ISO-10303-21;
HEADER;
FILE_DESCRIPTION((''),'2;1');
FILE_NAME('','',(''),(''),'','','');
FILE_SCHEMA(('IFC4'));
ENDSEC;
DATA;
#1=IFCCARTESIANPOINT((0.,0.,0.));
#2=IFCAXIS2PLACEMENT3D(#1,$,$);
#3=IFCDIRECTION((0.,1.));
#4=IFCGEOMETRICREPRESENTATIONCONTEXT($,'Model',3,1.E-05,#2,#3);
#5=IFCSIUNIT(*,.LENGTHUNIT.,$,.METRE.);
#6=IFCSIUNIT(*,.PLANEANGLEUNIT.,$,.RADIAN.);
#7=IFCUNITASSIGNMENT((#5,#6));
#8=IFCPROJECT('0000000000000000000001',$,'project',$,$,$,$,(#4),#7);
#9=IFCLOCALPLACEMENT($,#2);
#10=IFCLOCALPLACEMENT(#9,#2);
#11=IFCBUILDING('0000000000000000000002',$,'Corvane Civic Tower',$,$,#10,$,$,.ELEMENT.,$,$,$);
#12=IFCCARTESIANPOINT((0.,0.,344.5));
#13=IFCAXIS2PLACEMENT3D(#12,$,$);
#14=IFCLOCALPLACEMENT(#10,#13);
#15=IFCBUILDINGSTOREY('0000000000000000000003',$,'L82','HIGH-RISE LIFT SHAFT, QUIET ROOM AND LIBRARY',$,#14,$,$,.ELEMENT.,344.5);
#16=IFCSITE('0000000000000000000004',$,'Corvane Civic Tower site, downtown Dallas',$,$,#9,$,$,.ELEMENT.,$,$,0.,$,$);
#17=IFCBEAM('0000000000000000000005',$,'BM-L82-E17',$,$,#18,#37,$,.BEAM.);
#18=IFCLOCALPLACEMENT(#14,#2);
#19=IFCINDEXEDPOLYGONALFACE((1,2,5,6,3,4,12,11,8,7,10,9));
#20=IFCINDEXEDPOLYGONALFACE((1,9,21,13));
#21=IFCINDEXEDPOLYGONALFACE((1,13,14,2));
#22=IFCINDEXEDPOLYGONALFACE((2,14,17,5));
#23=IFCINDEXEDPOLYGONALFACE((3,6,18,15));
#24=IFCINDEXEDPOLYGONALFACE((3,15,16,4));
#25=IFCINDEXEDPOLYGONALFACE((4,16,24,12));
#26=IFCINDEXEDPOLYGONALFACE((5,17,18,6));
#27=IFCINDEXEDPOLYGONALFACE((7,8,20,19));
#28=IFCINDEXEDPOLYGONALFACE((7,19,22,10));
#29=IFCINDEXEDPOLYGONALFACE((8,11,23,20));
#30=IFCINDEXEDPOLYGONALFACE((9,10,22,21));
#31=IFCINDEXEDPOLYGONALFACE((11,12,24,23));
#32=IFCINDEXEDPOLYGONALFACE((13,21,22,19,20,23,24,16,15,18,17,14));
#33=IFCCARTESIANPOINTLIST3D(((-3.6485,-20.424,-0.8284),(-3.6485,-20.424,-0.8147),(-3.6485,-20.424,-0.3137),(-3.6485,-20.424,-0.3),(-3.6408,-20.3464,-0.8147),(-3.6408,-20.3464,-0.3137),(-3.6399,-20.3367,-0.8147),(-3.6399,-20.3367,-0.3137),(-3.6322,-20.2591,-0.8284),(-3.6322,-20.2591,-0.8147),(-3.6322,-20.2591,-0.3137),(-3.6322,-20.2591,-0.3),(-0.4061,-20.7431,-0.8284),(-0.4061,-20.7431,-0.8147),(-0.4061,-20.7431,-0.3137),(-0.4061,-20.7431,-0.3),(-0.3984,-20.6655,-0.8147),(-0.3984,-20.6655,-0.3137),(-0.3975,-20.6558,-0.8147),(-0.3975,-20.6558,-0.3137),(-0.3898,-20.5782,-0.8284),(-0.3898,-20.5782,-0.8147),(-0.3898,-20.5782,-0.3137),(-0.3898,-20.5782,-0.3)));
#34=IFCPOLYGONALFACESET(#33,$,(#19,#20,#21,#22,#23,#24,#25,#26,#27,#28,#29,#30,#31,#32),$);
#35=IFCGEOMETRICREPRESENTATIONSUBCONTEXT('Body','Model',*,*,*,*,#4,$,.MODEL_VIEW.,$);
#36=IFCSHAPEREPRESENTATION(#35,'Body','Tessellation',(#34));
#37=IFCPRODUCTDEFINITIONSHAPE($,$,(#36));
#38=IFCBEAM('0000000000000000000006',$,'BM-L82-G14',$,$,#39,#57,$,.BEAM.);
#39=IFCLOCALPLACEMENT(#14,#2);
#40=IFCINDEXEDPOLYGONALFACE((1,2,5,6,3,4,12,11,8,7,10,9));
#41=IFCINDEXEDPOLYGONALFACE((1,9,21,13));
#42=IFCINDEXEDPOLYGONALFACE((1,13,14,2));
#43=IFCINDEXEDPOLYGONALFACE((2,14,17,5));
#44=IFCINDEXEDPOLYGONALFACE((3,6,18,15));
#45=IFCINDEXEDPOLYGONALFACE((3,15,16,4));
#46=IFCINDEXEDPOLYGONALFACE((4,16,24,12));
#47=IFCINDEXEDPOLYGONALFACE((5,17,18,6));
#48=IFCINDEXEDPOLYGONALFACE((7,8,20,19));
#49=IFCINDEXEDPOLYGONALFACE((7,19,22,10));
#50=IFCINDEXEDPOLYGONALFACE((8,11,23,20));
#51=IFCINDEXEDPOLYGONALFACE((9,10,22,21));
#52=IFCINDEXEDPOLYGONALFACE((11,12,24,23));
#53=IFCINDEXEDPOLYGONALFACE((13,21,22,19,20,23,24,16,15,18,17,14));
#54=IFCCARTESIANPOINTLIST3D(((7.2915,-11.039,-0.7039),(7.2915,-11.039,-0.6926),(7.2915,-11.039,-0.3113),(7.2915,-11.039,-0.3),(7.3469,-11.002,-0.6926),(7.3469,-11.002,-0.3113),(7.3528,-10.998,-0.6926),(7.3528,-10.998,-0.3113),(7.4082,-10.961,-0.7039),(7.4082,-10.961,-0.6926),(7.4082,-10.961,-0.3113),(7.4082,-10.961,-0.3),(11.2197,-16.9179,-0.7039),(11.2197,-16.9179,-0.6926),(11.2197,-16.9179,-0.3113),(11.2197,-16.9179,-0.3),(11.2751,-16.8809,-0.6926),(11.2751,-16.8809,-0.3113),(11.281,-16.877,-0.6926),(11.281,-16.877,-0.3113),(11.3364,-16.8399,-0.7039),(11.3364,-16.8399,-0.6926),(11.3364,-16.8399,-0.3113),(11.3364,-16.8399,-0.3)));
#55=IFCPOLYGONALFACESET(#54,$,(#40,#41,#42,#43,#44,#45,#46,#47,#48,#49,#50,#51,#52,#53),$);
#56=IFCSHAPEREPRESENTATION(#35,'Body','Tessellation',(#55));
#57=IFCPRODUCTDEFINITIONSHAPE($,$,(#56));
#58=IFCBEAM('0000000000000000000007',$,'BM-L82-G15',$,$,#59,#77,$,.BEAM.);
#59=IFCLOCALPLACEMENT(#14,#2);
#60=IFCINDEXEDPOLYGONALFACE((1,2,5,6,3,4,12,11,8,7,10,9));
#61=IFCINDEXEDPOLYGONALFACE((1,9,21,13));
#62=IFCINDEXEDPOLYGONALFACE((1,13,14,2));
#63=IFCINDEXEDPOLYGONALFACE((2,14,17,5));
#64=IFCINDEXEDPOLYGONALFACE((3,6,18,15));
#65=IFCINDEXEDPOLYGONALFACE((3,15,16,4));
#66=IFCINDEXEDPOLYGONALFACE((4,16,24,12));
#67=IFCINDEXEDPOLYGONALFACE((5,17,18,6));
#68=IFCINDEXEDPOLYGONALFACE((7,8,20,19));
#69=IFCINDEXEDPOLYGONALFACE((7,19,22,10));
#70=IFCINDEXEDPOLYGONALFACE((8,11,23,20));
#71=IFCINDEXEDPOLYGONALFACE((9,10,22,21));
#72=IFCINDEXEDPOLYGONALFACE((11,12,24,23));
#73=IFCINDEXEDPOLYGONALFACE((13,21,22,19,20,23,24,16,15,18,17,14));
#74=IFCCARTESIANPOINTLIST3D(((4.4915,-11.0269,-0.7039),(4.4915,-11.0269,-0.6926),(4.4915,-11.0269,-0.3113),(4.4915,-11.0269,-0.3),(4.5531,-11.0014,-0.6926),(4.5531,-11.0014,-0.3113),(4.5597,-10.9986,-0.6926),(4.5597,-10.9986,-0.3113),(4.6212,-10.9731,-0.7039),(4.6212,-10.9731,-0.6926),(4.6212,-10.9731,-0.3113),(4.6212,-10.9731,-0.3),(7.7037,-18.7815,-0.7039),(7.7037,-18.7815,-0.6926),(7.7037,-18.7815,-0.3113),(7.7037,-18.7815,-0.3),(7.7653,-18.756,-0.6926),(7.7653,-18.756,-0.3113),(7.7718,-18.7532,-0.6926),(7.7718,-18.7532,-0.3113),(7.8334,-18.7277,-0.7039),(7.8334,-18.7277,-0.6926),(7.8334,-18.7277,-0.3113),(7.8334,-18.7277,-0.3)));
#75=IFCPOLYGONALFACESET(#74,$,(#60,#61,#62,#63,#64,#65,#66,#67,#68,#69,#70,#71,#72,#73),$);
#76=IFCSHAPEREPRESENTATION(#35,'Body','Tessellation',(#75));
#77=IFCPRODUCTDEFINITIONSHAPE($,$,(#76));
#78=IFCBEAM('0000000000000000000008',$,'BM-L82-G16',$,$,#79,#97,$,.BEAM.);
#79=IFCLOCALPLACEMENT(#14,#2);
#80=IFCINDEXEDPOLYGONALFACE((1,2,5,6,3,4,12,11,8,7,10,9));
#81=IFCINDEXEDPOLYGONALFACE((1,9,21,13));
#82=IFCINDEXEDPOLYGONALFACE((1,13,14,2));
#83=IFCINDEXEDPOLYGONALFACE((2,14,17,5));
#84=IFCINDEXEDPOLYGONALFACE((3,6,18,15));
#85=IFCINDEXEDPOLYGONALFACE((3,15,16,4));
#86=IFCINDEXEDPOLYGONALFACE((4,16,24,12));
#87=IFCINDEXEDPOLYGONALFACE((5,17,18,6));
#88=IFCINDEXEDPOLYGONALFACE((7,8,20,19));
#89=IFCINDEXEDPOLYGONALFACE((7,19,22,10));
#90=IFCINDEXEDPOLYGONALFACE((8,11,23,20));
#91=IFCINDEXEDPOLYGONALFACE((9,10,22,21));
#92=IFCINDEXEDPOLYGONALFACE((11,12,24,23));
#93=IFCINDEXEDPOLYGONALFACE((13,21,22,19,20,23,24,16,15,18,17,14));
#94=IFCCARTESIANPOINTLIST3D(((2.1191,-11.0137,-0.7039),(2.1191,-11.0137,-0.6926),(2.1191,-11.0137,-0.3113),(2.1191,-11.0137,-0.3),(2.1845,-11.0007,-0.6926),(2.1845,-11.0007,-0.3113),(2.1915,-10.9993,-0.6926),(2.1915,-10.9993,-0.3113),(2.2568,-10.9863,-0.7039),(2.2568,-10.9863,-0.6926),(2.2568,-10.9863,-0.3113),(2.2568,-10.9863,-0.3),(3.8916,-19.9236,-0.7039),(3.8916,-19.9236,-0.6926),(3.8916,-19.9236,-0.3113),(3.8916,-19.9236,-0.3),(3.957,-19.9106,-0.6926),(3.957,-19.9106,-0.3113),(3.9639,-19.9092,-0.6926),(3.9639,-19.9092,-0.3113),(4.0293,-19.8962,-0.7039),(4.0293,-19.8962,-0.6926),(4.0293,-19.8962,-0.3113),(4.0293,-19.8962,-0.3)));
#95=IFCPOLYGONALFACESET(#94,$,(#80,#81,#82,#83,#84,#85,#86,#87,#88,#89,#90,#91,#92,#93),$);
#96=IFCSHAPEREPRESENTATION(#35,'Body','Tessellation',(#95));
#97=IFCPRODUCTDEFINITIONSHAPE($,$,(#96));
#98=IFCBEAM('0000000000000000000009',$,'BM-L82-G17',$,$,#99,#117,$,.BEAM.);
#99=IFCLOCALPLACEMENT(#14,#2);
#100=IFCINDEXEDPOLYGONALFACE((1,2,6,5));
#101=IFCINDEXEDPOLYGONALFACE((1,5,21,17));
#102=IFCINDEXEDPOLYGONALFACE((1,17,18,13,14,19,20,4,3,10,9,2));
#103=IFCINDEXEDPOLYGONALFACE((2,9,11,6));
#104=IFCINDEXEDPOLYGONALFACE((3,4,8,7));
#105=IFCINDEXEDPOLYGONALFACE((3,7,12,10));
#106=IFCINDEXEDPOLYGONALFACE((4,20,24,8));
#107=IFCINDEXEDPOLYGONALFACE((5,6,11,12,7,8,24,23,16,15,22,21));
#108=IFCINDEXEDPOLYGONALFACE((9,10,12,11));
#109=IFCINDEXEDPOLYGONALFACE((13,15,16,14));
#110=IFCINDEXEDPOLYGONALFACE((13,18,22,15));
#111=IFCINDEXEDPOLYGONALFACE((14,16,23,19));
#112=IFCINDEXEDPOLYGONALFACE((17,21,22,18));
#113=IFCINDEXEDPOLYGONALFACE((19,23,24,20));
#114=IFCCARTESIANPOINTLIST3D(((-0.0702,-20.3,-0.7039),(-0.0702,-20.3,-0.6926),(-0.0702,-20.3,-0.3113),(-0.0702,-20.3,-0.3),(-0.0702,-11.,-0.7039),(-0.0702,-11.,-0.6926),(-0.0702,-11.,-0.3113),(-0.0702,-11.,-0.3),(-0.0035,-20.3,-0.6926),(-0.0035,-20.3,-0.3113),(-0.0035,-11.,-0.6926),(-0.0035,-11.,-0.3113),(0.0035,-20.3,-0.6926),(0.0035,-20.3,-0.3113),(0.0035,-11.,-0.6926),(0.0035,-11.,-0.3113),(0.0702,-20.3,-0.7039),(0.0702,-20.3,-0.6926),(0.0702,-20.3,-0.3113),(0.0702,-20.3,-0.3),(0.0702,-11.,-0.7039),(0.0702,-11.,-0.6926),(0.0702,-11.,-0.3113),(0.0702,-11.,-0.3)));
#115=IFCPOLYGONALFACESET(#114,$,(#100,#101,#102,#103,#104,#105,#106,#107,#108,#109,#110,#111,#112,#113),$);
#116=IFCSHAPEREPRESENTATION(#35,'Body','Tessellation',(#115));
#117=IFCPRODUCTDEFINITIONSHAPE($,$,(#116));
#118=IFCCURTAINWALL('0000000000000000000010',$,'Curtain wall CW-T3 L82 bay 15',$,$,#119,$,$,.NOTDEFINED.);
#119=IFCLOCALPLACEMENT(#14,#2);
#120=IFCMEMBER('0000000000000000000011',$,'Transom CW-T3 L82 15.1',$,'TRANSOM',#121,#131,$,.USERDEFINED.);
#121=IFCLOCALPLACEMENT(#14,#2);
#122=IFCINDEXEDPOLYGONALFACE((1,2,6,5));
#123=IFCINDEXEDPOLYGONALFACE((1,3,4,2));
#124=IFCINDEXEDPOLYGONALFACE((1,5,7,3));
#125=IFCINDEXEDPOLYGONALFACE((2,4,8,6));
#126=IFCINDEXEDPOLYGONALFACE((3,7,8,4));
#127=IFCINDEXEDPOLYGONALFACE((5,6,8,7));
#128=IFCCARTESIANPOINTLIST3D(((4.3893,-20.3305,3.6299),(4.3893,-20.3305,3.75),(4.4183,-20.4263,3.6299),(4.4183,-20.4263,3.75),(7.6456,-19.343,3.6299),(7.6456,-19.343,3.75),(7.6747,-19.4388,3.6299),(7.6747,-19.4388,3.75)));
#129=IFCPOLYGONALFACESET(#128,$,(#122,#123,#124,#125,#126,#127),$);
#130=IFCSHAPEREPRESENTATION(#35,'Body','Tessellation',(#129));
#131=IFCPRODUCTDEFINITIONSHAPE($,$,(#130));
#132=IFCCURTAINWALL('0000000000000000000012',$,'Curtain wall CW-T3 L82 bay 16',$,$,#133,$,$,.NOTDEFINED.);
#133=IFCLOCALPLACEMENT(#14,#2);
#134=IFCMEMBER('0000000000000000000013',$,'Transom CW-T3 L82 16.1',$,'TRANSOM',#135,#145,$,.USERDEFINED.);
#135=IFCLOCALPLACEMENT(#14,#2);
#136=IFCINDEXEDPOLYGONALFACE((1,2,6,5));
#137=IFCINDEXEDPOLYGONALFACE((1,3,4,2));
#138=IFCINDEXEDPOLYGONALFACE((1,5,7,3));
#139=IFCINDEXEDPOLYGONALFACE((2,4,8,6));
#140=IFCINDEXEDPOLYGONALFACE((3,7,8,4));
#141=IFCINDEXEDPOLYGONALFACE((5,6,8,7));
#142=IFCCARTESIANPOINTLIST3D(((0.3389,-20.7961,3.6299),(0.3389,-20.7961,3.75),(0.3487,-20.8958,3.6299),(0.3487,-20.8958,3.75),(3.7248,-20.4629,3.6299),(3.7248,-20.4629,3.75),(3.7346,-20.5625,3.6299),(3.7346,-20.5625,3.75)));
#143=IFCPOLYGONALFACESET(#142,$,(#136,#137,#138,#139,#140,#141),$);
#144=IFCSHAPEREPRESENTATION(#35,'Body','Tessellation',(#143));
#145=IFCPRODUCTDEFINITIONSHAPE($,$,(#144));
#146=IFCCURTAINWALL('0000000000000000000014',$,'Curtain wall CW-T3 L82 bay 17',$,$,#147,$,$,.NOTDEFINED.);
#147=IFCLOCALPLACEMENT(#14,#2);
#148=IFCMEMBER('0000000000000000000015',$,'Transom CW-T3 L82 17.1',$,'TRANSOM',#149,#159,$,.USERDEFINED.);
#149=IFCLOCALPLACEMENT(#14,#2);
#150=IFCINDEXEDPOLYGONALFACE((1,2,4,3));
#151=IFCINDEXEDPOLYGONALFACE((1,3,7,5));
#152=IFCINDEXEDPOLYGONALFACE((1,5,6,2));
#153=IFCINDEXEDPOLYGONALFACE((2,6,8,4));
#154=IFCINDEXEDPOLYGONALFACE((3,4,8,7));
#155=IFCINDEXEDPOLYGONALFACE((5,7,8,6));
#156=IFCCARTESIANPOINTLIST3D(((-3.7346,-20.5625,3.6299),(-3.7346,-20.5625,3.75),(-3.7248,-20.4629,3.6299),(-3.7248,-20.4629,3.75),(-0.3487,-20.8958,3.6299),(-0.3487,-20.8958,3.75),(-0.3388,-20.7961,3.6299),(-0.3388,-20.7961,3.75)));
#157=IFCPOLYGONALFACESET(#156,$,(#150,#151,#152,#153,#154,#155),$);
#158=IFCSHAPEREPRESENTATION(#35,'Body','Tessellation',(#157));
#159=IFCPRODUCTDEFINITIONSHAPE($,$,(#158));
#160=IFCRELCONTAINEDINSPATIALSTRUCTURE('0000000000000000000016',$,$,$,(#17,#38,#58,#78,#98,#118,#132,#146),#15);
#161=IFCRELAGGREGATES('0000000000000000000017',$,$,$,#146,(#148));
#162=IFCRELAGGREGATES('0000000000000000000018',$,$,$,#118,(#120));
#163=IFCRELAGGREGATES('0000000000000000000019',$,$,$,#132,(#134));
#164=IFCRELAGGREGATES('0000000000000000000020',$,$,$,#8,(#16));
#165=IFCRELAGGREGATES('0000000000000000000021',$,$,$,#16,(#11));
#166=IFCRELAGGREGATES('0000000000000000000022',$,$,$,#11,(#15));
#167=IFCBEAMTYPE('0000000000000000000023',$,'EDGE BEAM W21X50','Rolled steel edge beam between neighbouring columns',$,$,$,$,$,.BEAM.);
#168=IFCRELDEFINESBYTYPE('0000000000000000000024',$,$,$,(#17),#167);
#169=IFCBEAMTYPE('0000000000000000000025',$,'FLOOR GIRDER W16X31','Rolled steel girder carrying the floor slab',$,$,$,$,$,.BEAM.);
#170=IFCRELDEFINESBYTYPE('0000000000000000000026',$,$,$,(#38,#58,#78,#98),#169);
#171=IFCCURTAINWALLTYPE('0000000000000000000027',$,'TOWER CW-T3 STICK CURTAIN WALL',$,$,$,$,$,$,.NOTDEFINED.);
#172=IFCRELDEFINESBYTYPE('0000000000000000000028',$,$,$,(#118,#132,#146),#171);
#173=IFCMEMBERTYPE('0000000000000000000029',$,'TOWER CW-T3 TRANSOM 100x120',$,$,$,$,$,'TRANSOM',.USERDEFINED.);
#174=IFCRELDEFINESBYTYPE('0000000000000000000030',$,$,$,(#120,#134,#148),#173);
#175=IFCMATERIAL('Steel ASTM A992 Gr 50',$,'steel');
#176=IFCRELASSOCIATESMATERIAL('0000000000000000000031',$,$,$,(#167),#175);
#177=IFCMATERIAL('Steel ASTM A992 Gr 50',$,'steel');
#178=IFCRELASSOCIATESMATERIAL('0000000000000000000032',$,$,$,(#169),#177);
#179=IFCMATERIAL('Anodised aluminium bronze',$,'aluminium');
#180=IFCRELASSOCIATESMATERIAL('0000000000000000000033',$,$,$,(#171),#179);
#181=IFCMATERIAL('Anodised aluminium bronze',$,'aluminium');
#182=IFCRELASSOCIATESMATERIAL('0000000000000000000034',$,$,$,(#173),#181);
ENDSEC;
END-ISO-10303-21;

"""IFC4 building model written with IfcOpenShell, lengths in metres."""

from ifc_helpers import new_model, si_unit, direction, frame, origin, origin_2d, place, context, subcontext, project, spatial, rectangle, i_section, extrude, material, material_profile, profile_set, type_object, element, aggregate, save


model = new_model("IFC4")

# Units and contexts
model_context = context("Model", 3, precision=1e-05, world=origin(), true_north=direction((0.0, 1.0)))
body_context = subcontext(model_context, "Body", "Model", "MODEL_VIEW")
ifc_project = project(units=[si_unit("LENGTHUNIT", "METRE"), si_unit("PLANEANGLEUNIT", "RADIAN")], contexts=[model_context])

# Site, building, storey
site_placement = place(None, origin())
site = spatial("IfcSite", under=ifc_project, at=site_placement, Name="Corvane Civic Tower site, downtown Dallas", CompositionType="ELEMENT", RefElevation=0.0)
building_placement = place(site_placement, origin())
building = spatial("IfcBuilding", under=site, at=building_placement, Name="Corvane Civic Tower", CompositionType="ELEMENT")
storey_placement = place(building_placement, frame((0.0, 0.0, 344.5)))
storey = spatial("IfcBuildingStorey", under=building, at=storey_placement, Name="L82", Description="HIGH-RISE LIFT SHAFT, QUIET ROOM AND LIBRARY", CompositionType="ELEMENT", Elevation=344.5)

# Beams
ifc_material_1 = material(Name="Steel ASTM A992 Gr 50", Category="steel")
ifc_material_profile_1 = material_profile(ifc_material_1, i_section(OverallWidth=0.1658, OverallDepth=0.5283, WebThickness=0.0098, FlangeThickness=0.0137, at=origin_2d()), Name="W21X50")
ifc_profile_set_1 = profile_set([ifc_material_profile_1], Name="Steel ASTM A992 Gr 50")
beam_type_1 = type_object("IfcBeamType", Name="EDGE BEAM W21X50", Description="Rolled steel edge beam between neighbouring columns", PredefinedType="BEAM", material=ifc_profile_set_1)
for number, where, z_axis, x_axis, name in (
    (1, (-0.3979, -20.6606, -0.5642), (-0.995193, 0.097938, 0.0), (-0.097938, -0.995193, 0.0), "BM-L82-E17"),
):
    element("IfcBeam", number, at=place(storey_placement, frame(where, z_axis=z_axis, x_axis=x_axis)), inside=storey, type_object=beam_type_1, Name=name, PredefinedType="BEAM", context=body_context, shape_type="SweptSolid", body=[
        extrude(i_section(OverallWidth=0.1658, OverallDepth=0.5283, WebThickness=0.0098, FlangeThickness=0.0137, at=origin_2d()), origin(), (0.0, 0.0, 1.0), 3.2581),
    ])
ifc_material_2 = material(Name="Steel ASTM A992 Gr 50", Category="steel")
ifc_material_profile_2 = material_profile(ifc_material_2, i_section(OverallWidth=0.1404, OverallDepth=0.4038, WebThickness=0.0071, FlangeThickness=0.0112, at=origin_2d()), Name="W16X31")
ifc_profile_set_2 = profile_set([ifc_material_profile_2], Name="Steel ASTM A992 Gr 50")
beam_type_2 = type_object("IfcBeamType", Name="FLOOR GIRDER W16X31", Description="Rolled steel girder carrying the floor slab", PredefinedType="BEAM", material=ifc_profile_set_2)
beam_1_placement = place(storey_placement, frame((7.3499, -11.0, -0.502), z_axis=(0.555576, -0.831465, 0.0), x_axis=(0.831465, 0.555576, 0.0)))
element("IfcBeam", 2, at=beam_1_placement, inside=storey, type_object=beam_type_2, Name="BM-L82-G14", PredefinedType="BEAM", context=body_context, shape_type="SweptSolid", body=[
    extrude(i_section(OverallWidth=0.1404, OverallDepth=0.4038, WebThickness=0.0071, FlangeThickness=0.0112, at=origin_2d()), origin(), (0.0, 0.0, 1.0), 7.0706),
])
beam_2_placement = place(storey_placement, frame((4.5564, -11.0, -0.502), z_axis=(0.382692, -0.923876, 0.0), x_axis=(0.923876, 0.382692, 0.0)))
element("IfcBeam", 3, at=beam_2_placement, inside=storey, type_object=beam_type_2, Name="BM-L82-G15", PredefinedType="BEAM", context=body_context, shape_type="SweptSolid", body=[
    extrude(i_section(OverallWidth=0.1404, OverallDepth=0.4038, WebThickness=0.0071, FlangeThickness=0.0112, at=origin_2d()), origin(), (0.0, 0.0, 1.0), 8.3936),
])
beam_3_placement = place(storey_placement, frame((2.188, -11.0, -0.502), z_axis=(0.195108, -0.980782, 0.0), x_axis=(0.980782, 0.195108, 0.0)))
element("IfcBeam", 4, at=beam_3_placement, inside=storey, type_object=beam_type_2, Name="BM-L82-G16", PredefinedType="BEAM", context=body_context, shape_type="SweptSolid", body=[
    extrude(i_section(OverallWidth=0.1404, OverallDepth=0.4038, WebThickness=0.0071, FlangeThickness=0.0112, at=origin_2d()), origin(), (0.0, 0.0, 1.0), 9.0845),
])
beam_4_placement = place(storey_placement, frame((0.0, -11.0, -0.502), z_axis=(0.0, -1.0, 0.0), x_axis=(1.0, 0.0, 0.0)))
element("IfcBeam", 5, at=beam_4_placement, inside=storey, type_object=beam_type_2, Name="BM-L82-G17", PredefinedType="BEAM", context=body_context, shape_type="SweptSolid", body=[
    extrude(i_section(OverallWidth=0.1404, OverallDepth=0.4038, WebThickness=0.0071, FlangeThickness=0.0112, at=origin_2d()), origin(), (0.0, 0.0, 1.0), 9.3),
])

# Curtain walls, members
ifc_material_3 = material(Name="Anodised aluminium bronze", Category="aluminium")
curtain_wall_type = type_object("IfcCurtainWallType", Name="TOWER CW-T3 STICK CURTAIN WALL", PredefinedType="NOTDEFINED", material=ifc_material_3)
curtain_wall_1_placement = place(storey_placement, origin())
curtain_wall_1 = element("IfcCurtainWall", 6, at=curtain_wall_1_placement, inside=storey, type_object=curtain_wall_type, Name="Curtain wall CW-T3 L82 bay 15", PredefinedType="NOTDEFINED")
ifc_material_4 = material(Name="Anodised aluminium bronze", Category="aluminium")
ifc_material_profile_3 = material_profile(ifc_material_4, rectangle(XDim=0.1001, YDim=0.1201, at=origin_2d()), Name="TOWER CW-T3 TRANSOM 100x120")
ifc_profile_set_3 = profile_set([ifc_material_profile_3], Name="Anodised aluminium bronze")
member_type = type_object("IfcMemberType", Name="TOWER CW-T3 TRANSOM 100x120", ElementType="TRANSOM", PredefinedType="USERDEFINED", material=ifc_profile_set_3)
member_1_placement = place(storey_placement, frame((7.6602, -19.3909, 3.6899), z_axis=(-0.956961, -0.290216, 0.0), x_axis=(0.290216, -0.956961, 0.0)))
member_1 = element("IfcMember", 7, at=member_1_placement, type_object=member_type, Name="Transom CW-T3 L82 15.1", ObjectType="TRANSOM", PredefinedType="USERDEFINED", context=body_context, shape_type="SweptSolid", body=[
    extrude(rectangle(XDim=0.1001, YDim=0.1201, at=origin_2d()), origin(), (0.0, 0.0, 1.0), 3.4028),
])
curtain_wall_2_placement = place(storey_placement, origin())
curtain_wall_2 = element("IfcCurtainWall", 8, at=curtain_wall_2_placement, inside=storey, type_object=curtain_wall_type, Name="Curtain wall CW-T3 L82 bay 16", PredefinedType="NOTDEFINED")
member_2_placement = place(storey_placement, frame((3.7297, -20.5127, 3.6899), z_axis=(-0.995192, -0.097948, 0.0), x_axis=(0.097948, -0.995192, 0.0)))
member_2 = element("IfcMember", 9, at=member_2_placement, type_object=member_type, Name="Transom CW-T3 L82 16.1", ObjectType="TRANSOM", PredefinedType="USERDEFINED", context=body_context, shape_type="SweptSolid", body=[
    extrude(rectangle(XDim=0.1001, YDim=0.1201, at=origin_2d()), origin(), (0.0, 0.0, 1.0), 3.4023),
])
curtain_wall_3_placement = place(storey_placement, origin())
curtain_wall_3 = element("IfcCurtainWall", 10, at=curtain_wall_3_placement, inside=storey, type_object=curtain_wall_type, Name="Curtain wall CW-T3 L82 bay 17", PredefinedType="NOTDEFINED")
member_3_placement = place(storey_placement, frame((-0.3438, -20.8459, 3.6899), z_axis=(-0.995192, 0.097948, 0.0), x_axis=(-0.097948, -0.995192, 0.0)))
member_3 = element("IfcMember", 11, at=member_3_placement, type_object=member_type, Name="Transom CW-T3 L82 17.1", ObjectType="TRANSOM", PredefinedType="USERDEFINED", context=body_context, shape_type="SweptSolid", body=[
    extrude(rectangle(XDim=0.1001, YDim=0.1201, at=origin_2d()), origin(), (0.0, 0.0, 1.0), 3.4023),
])
aggregate(curtain_wall_3, [member_3])

aggregate(curtain_wall_1, [member_1])
aggregate(curtain_wall_2, [member_2])

save(model, "model.ifc")
